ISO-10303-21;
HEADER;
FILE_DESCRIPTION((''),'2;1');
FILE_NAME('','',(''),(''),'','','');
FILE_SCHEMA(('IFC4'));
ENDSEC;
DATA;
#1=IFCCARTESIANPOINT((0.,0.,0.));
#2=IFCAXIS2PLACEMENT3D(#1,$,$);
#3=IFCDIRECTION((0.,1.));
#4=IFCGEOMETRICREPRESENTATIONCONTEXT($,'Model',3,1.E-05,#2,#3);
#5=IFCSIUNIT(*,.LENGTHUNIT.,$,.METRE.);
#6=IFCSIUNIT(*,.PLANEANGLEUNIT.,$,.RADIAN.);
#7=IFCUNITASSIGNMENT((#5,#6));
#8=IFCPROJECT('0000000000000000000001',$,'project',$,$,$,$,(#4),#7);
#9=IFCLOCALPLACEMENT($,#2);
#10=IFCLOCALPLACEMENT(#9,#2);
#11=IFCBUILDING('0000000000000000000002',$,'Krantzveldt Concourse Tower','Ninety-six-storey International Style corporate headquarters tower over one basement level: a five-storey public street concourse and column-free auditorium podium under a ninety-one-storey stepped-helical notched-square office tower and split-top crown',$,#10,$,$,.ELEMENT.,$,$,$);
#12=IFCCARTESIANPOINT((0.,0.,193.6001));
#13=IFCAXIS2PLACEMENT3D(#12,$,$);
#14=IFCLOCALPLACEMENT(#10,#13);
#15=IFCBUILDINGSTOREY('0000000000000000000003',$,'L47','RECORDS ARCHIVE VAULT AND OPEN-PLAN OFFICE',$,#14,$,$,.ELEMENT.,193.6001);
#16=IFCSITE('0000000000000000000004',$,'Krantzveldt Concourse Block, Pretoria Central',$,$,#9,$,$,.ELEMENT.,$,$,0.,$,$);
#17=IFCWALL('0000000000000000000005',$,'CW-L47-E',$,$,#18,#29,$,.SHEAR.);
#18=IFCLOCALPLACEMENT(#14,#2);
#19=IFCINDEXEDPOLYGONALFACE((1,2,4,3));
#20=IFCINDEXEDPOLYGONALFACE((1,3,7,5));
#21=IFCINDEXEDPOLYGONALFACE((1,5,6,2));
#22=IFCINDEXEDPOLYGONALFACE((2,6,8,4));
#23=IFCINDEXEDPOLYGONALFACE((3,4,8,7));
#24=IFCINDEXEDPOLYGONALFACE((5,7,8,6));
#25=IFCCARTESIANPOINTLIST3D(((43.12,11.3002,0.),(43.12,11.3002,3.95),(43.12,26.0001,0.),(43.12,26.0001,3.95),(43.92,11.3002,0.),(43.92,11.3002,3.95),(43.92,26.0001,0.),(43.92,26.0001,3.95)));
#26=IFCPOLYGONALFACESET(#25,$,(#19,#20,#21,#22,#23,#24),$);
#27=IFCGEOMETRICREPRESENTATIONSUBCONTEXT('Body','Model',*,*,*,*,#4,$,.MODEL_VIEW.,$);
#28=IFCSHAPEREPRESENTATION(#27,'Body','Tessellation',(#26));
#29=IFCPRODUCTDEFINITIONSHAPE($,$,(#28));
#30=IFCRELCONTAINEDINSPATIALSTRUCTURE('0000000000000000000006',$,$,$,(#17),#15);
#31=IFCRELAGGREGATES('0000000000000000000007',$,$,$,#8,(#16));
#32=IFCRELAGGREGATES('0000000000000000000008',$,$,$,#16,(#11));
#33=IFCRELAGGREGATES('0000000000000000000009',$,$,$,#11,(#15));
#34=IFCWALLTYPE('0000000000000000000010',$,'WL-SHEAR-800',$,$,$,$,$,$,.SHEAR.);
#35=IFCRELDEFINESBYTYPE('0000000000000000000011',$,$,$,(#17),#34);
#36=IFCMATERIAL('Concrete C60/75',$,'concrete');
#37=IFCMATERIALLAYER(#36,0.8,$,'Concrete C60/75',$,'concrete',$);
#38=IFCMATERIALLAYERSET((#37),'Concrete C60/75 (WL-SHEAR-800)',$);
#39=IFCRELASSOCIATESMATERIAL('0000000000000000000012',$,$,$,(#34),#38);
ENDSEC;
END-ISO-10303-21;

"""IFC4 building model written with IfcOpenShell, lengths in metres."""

from ifc_helpers import new_model, si_unit, direction, frame, frame_2d, origin, place, context, subcontext, project, spatial, rectangle, extrude, material, layer, layer_set, type_object, element, save


model = new_model("IFC4")

# Units and contexts
model_context = context("Model", 3, precision=1e-05, world=origin(), true_north=direction((0.0, 1.0)))
body_context = subcontext(model_context, "Body", "Model", "MODEL_VIEW")
ifc_project = project(units=[si_unit("LENGTHUNIT", "METRE"), si_unit("PLANEANGLEUNIT", "RADIAN")], contexts=[model_context])

# Site, building, storey
site_placement = place(None, origin())
site = spatial("IfcSite", under=ifc_project, at=site_placement, Name="Krantzveldt Concourse Block, Pretoria Central", CompositionType="ELEMENT", RefElevation=0.0)
building_placement = place(site_placement, origin())
building = spatial("IfcBuilding", under=site, at=building_placement, Name="Krantzveldt Concourse Tower", Description="Ninety-six-storey International Style corporate headquarters tower over one basement level: a five-storey public street concourse and column-free auditorium podium under a ninety-one-storey stepped-helical notched-square office tower and split-top crown", CompositionType="ELEMENT")
storey_placement = place(building_placement, frame((0.0, 0.0, 193.6001)))
storey = spatial("IfcBuildingStorey", under=building, at=storey_placement, Name="L47", Description="RECORDS ARCHIVE VAULT AND OPEN-PLAN OFFICE", CompositionType="ELEMENT", Elevation=193.6001)

# Wall
ifc_material_1 = material(Name="Concrete C60/75", Category="concrete")
ifc_layer_1 = layer(ifc_material_1, 0.8, Name="Concrete C60/75", Category="concrete")
ifc_layer_set_1 = layer_set([ifc_layer_1], Name="Concrete C60/75 (WL-SHEAR-800)")
wall_type_1 = type_object("IfcWallType", Name="WL-SHEAR-800", PredefinedType="SHEAR", material=ifc_layer_set_1)
wall_1_placement = place(storey_placement, frame((43.52, 11.3, 0.0), z_axis=(0.0, 0.0, 1.0), x_axis=(0.0, 1.0, 0.0)))
element("IfcWall", 1, at=wall_1_placement, inside=storey, type_object=wall_type_1, Name="CW-L47-E", PredefinedType="SHEAR", context=body_context, shape_type="SweptSolid", body=[
    extrude(rectangle(XDim=14.7, YDim=0.8, at=frame_2d((7.3501, 0.0))), origin(), (0.0, 0.0, 1.0), 3.95),
])

save(model, "model.ifc")
